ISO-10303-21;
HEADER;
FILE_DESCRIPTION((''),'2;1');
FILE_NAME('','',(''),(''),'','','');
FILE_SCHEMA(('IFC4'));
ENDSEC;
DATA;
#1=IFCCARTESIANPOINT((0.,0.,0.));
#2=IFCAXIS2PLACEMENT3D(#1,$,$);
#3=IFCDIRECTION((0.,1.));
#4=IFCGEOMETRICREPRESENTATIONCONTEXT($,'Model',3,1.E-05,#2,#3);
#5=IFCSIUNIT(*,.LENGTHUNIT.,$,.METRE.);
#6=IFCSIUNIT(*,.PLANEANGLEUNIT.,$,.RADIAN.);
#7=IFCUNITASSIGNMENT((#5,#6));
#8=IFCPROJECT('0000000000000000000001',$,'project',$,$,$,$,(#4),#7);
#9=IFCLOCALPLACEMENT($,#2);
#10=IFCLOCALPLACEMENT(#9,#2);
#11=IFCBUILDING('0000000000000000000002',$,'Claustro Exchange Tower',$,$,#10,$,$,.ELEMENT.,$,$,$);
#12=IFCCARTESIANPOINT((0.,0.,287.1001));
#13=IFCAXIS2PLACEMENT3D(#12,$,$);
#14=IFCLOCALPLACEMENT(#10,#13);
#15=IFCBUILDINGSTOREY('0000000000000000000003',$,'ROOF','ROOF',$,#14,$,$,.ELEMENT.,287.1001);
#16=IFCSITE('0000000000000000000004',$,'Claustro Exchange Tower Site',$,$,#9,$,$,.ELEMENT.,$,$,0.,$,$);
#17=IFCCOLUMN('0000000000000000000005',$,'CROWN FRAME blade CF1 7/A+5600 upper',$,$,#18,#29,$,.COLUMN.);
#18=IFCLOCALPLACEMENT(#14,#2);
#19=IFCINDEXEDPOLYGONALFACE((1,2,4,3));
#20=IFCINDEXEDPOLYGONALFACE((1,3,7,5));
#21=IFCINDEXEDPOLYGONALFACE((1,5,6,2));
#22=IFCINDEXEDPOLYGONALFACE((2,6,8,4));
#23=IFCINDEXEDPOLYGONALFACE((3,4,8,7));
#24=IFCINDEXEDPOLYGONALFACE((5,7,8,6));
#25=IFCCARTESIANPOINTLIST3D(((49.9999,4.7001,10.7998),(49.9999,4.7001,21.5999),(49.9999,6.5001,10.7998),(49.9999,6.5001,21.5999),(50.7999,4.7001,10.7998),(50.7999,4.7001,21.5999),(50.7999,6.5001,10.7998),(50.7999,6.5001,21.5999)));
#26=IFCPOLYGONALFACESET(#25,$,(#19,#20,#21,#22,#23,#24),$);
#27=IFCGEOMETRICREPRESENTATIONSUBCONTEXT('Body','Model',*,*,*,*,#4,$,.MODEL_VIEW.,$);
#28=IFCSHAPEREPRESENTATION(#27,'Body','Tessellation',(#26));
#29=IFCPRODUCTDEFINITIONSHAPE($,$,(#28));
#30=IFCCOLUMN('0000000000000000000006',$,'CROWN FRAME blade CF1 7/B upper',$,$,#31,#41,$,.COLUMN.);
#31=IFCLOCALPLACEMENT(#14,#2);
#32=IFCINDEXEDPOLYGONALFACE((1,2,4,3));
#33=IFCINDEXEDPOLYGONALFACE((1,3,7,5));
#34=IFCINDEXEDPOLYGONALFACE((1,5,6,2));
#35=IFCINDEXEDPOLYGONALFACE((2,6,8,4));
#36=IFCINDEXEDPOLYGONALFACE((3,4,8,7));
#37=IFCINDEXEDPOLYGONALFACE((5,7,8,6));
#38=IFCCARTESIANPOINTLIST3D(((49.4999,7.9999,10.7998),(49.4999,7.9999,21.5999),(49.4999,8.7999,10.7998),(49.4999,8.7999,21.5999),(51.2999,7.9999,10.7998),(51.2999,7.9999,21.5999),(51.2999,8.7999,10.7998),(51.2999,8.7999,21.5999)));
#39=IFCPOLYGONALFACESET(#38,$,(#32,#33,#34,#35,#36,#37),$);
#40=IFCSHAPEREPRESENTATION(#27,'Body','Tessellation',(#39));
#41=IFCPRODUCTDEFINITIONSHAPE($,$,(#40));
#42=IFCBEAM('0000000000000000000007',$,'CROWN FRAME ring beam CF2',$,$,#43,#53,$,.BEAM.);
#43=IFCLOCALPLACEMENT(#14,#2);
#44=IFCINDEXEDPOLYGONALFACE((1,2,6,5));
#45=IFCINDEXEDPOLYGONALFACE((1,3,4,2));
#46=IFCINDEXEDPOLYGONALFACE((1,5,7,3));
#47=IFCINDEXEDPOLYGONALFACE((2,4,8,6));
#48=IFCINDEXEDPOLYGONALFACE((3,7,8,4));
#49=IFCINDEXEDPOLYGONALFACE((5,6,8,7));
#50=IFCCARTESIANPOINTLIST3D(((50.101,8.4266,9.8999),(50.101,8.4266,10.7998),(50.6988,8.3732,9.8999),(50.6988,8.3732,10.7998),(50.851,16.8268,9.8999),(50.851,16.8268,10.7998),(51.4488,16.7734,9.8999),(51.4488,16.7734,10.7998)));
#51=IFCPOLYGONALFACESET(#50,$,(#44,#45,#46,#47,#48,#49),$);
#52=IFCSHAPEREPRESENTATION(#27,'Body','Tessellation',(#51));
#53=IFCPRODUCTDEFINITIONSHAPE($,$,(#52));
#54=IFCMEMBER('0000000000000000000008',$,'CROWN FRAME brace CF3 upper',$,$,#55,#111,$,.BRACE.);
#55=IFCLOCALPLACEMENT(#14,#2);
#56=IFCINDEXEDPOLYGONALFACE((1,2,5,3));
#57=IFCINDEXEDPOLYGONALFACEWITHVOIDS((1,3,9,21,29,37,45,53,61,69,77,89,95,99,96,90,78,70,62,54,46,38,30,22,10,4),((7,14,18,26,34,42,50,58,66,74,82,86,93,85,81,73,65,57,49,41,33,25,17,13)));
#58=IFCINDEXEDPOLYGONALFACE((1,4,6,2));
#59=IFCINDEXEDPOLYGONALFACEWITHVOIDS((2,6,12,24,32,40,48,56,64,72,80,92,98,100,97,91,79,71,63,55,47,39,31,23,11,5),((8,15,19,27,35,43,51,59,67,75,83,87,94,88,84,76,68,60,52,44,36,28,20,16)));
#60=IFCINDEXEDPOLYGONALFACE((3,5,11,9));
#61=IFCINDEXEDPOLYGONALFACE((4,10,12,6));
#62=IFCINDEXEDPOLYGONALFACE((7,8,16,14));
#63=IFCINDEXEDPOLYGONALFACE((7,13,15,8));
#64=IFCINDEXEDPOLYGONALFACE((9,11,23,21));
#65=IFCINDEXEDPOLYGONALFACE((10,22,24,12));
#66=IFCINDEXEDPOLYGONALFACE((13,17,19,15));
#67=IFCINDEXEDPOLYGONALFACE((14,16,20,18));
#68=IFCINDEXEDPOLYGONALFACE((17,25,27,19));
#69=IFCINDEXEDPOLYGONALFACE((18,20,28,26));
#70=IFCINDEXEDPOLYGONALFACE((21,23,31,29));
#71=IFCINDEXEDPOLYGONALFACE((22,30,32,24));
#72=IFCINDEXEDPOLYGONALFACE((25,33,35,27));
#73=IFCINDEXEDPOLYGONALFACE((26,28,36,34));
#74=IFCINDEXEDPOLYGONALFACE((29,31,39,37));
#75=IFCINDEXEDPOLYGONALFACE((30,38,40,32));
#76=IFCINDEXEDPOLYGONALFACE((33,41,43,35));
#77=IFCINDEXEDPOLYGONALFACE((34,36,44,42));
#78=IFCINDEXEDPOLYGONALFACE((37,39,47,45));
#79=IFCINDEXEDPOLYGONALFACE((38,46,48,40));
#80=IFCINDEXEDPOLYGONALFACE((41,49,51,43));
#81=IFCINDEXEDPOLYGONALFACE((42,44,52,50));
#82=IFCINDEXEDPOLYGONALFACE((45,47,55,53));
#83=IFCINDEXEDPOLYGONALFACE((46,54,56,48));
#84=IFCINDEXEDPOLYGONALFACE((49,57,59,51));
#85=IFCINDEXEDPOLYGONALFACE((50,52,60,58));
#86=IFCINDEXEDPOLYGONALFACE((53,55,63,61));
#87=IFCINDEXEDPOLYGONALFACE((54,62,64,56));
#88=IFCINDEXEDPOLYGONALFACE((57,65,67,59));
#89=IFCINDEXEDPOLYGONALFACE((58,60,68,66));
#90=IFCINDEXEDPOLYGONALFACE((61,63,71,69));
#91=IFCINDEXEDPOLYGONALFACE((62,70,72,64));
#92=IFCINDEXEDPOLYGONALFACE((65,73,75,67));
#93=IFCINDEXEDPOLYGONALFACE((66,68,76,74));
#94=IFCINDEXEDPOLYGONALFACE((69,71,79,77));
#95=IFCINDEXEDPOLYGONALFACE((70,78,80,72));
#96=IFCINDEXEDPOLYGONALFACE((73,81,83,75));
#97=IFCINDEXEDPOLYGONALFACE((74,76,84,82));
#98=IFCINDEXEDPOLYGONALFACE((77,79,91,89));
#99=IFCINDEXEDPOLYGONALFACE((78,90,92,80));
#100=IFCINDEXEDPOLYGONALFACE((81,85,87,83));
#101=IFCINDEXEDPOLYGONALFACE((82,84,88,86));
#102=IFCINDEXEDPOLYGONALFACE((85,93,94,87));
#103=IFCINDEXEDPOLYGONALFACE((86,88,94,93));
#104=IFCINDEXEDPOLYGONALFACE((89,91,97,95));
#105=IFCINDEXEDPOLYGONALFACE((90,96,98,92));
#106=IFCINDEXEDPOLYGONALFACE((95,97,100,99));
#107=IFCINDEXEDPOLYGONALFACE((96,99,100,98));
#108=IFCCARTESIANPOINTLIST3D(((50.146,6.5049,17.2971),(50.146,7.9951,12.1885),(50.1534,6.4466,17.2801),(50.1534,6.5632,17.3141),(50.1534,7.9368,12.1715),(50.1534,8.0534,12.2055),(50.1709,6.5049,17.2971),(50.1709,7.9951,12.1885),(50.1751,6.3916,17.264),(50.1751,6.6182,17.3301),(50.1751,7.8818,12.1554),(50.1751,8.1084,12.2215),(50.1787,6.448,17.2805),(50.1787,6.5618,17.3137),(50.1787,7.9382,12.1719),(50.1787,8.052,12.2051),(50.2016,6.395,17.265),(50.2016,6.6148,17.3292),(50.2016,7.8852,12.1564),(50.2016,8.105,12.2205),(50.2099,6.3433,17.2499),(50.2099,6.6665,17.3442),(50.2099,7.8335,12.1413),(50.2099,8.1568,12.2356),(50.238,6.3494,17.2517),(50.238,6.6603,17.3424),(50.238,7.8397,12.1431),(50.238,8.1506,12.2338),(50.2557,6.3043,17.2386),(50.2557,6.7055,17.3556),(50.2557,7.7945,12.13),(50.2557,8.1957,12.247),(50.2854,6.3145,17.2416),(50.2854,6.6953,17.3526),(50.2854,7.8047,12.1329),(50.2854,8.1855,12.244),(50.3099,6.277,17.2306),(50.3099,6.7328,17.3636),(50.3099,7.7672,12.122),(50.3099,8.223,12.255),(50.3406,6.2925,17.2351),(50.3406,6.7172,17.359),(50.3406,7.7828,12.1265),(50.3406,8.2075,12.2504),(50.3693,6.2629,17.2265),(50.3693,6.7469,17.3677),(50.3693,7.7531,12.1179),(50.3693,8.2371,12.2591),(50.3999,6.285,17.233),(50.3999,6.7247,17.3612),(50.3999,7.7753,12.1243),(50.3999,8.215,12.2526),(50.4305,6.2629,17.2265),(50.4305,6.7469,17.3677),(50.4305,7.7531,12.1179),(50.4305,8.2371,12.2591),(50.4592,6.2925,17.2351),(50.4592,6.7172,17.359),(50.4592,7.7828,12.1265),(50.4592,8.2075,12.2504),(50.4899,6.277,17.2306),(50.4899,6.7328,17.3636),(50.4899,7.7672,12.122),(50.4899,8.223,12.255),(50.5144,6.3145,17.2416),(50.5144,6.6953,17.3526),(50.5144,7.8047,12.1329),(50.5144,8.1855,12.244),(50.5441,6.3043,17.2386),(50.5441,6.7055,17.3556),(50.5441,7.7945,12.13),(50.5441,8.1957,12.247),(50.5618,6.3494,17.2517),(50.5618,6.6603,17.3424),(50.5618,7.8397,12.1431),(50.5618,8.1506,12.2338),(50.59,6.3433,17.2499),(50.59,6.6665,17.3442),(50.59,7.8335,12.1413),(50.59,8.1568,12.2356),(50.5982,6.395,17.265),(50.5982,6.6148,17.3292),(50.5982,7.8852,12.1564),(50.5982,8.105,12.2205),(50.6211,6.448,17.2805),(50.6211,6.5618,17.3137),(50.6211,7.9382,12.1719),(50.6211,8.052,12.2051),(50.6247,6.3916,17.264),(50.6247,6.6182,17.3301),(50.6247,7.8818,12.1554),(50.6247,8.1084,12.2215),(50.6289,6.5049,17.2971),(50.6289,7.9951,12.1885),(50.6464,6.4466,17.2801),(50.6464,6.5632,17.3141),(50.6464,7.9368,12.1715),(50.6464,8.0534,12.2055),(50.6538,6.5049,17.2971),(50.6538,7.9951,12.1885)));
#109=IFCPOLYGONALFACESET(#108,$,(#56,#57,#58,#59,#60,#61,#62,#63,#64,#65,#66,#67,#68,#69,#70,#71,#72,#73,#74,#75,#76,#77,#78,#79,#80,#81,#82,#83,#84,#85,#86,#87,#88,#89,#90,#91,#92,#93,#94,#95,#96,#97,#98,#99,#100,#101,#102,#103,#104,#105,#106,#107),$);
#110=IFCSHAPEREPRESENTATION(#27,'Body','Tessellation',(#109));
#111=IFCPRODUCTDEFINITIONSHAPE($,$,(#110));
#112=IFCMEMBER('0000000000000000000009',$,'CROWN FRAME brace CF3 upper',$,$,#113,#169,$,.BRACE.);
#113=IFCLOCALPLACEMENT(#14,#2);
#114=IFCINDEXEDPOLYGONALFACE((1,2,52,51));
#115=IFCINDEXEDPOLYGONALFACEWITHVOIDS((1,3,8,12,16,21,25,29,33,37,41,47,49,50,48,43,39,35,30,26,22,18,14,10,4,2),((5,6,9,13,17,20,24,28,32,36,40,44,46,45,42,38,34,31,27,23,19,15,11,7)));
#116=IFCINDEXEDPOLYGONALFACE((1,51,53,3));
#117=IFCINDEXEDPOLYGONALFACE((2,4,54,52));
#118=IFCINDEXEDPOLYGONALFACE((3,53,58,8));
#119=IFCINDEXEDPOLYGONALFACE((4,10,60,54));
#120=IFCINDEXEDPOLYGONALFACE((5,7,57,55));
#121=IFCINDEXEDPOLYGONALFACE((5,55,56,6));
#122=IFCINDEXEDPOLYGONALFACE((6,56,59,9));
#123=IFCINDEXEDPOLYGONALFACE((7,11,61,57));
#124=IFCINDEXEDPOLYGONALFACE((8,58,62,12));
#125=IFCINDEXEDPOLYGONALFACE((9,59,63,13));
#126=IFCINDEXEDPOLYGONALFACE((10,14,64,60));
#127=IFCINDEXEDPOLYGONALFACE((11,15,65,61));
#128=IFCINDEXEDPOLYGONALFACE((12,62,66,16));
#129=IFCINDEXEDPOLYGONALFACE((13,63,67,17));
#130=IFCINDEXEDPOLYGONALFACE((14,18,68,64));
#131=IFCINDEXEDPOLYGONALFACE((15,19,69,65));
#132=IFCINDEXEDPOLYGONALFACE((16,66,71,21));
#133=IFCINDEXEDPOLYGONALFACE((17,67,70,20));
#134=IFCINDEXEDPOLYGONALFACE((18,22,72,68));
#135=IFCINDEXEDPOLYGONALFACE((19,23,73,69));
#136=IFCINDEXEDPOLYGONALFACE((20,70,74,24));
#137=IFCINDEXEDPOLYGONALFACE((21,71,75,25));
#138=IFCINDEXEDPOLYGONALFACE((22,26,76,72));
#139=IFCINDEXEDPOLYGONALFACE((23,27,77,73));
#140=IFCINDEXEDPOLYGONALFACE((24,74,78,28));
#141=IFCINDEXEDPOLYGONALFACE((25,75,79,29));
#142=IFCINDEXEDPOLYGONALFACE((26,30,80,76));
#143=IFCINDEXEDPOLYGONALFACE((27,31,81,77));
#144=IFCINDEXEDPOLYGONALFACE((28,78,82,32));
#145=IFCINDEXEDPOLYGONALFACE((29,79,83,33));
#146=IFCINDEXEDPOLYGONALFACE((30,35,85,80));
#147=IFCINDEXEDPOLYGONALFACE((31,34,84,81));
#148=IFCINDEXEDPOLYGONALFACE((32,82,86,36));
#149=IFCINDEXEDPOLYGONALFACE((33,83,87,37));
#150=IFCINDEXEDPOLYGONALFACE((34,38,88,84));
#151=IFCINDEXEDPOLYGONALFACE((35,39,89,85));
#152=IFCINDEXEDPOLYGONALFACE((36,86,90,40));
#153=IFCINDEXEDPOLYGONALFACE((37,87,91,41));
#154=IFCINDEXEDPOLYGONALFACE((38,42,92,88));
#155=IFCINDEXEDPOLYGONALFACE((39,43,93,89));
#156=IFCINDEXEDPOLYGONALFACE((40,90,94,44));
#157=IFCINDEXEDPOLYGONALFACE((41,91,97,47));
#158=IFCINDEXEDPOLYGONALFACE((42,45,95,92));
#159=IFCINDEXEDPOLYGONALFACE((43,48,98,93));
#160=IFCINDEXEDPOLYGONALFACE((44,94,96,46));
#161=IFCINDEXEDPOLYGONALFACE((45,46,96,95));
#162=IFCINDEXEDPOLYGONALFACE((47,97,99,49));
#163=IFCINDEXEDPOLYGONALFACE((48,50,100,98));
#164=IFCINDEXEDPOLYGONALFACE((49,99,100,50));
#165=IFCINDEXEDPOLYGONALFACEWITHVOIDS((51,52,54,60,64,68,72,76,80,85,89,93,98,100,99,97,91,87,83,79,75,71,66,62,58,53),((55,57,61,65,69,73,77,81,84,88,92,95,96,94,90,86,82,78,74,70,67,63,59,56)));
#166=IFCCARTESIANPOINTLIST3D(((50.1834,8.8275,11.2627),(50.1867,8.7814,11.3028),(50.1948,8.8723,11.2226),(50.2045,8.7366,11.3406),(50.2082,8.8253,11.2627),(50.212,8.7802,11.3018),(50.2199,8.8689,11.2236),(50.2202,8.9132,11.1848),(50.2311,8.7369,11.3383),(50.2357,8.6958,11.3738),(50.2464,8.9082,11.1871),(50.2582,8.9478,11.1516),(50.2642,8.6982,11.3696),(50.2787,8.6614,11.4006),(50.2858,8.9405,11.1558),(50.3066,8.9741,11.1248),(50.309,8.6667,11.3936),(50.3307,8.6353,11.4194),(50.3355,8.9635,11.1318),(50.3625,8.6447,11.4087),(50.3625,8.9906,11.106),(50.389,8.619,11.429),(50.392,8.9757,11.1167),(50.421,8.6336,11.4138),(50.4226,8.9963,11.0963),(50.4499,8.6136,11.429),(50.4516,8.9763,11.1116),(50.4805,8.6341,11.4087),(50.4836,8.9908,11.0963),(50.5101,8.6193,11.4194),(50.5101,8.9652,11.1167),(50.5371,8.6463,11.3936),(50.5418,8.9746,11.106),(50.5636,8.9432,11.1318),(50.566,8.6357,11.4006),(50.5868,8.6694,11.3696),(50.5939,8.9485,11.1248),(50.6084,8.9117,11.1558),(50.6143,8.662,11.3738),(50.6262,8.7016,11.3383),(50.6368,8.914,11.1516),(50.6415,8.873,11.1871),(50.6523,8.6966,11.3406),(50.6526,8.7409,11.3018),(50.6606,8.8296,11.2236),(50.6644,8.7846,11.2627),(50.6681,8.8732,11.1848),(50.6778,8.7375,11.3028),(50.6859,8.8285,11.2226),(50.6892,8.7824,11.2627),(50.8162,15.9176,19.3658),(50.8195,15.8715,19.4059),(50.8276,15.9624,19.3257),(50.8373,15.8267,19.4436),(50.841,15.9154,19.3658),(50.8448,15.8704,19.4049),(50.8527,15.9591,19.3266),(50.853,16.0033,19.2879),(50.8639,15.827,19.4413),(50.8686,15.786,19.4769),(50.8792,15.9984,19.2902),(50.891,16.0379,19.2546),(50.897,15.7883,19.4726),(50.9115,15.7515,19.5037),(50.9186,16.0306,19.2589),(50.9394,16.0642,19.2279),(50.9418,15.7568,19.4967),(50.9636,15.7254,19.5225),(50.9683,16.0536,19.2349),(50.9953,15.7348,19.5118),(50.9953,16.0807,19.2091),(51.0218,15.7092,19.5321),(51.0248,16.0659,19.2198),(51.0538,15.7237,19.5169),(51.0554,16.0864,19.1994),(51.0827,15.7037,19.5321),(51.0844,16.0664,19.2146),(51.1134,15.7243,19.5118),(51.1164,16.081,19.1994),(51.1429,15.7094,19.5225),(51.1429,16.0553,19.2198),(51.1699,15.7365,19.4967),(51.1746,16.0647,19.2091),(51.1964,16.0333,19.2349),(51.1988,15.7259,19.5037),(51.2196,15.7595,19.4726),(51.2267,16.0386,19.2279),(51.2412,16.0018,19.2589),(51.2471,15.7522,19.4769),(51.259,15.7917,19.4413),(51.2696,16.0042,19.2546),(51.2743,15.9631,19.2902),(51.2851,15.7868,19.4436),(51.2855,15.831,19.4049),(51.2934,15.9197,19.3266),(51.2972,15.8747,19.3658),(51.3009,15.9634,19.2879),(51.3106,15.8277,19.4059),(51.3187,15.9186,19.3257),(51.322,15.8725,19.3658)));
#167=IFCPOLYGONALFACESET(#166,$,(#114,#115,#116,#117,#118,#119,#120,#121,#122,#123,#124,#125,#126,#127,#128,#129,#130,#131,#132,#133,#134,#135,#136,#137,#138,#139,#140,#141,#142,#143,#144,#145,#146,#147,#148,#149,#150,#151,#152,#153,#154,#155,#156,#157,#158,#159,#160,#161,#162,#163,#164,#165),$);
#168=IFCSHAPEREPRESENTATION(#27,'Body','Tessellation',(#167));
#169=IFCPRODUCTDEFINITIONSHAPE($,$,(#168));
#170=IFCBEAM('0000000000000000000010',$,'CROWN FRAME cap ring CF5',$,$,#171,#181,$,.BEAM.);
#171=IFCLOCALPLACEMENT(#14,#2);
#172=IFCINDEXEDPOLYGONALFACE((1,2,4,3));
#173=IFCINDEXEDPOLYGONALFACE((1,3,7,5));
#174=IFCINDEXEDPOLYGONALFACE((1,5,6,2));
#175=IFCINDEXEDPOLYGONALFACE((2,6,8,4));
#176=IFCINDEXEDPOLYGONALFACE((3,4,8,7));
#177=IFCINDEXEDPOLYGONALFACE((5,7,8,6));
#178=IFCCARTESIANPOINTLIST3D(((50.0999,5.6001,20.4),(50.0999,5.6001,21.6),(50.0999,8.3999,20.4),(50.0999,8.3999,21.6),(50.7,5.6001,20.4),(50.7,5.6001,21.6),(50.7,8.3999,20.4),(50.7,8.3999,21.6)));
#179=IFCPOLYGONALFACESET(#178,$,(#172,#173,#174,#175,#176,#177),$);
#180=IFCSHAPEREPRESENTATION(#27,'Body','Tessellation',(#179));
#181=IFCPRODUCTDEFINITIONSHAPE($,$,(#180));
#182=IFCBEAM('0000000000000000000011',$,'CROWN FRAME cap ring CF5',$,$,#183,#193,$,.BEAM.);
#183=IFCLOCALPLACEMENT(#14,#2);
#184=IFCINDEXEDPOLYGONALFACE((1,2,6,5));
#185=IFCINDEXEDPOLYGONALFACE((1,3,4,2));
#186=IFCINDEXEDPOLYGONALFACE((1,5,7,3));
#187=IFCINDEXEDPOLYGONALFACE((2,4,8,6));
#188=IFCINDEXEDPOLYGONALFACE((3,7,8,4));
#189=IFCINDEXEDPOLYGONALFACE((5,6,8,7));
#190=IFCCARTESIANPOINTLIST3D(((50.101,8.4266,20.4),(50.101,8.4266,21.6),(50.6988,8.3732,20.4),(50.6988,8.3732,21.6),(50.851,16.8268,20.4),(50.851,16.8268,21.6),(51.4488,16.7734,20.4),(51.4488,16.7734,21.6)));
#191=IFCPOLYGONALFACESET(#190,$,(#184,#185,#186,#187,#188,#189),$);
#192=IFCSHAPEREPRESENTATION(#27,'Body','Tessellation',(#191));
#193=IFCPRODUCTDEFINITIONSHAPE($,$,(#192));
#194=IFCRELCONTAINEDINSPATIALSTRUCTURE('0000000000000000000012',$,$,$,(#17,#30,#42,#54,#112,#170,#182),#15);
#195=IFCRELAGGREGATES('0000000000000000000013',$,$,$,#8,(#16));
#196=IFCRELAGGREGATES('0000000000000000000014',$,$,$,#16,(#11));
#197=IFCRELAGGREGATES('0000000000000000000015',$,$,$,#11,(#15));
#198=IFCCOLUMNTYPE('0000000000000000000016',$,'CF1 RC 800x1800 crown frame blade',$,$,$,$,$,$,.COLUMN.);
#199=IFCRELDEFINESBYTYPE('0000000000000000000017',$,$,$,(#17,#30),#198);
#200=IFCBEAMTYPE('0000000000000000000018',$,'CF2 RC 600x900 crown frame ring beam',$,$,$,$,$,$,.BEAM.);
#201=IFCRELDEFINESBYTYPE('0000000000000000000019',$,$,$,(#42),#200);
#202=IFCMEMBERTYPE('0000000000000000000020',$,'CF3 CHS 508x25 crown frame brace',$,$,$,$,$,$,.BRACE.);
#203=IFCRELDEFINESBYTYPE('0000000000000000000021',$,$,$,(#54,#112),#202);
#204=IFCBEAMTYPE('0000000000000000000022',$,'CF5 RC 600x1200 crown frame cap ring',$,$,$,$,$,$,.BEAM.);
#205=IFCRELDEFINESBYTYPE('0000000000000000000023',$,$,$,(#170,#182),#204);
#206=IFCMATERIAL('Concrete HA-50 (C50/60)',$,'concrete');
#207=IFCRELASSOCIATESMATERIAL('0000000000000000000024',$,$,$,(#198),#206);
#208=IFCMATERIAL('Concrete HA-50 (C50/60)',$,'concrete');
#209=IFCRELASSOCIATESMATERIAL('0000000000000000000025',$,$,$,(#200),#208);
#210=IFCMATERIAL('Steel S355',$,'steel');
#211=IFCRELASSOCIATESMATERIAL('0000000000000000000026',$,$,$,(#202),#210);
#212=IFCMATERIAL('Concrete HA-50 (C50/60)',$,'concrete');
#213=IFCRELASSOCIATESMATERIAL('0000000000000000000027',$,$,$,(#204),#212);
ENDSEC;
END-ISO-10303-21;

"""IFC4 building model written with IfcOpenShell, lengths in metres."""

from ifc_helpers import new_model, si_unit, direction, frame, origin, origin_2d, place, context, subcontext, project, spatial, rectangle, hollow_circle, extrude, material, material_profile, profile_set, type_object, element, save


model = new_model("IFC4")

# Units and contexts
model_context = context("Model", 3, precision=1e-05, world=origin(), true_north=direction((0.0, 1.0)))
body_context = subcontext(model_context, "Body", "Model", "MODEL_VIEW")
ifc_project = project(units=[si_unit("LENGTHUNIT", "METRE"), si_unit("PLANEANGLEUNIT", "RADIAN")], contexts=[model_context])

# Site, building, storey
site_placement = place(None, origin())
site = spatial("IfcSite", under=ifc_project, at=site_placement, Name="Claustro Exchange Tower Site", CompositionType="ELEMENT", RefElevation=0.0)
building_placement = place(site_placement, origin())
building = spatial("IfcBuilding", under=site, at=building_placement, Name="Claustro Exchange Tower", CompositionType="ELEMENT")
storey_placement = place(building_placement, frame((0.0, 0.0, 287.1001)))
storey = spatial("IfcBuildingStorey", under=building, at=storey_placement, Name="ROOF", Description="ROOF", CompositionType="ELEMENT", Elevation=287.1001)

# Columns
ifc_material_1 = material(Name="Concrete HA-50 (C50/60)", Category="concrete")
ifc_material_profile_1 = material_profile(ifc_material_1, rectangle(XDim=0.8, YDim=1.8, at=origin_2d()), Name="RC 800x1800")
ifc_profile_set_1 = profile_set([ifc_material_profile_1], Name="Concrete HA-50 (C50/60)")
column_type = type_object("IfcColumnType", Name="CF1 RC 800x1800 crown frame blade", PredefinedType="COLUMN", material=ifc_profile_set_1)
for number, where, z_axis, x_axis, name in (
    (1, (50.3999, 5.6001, 10.7998), (0.0, 0.0, 1.0), (1.0, 0.0, 0.0), "CROWN FRAME blade CF1 7/A+5600 upper"),
    (2, (50.3999, 8.3999, 10.7998), (0.0, 0.0, 1.0), (0.0, 1.0, 0.0), "CROWN FRAME blade CF1 7/B upper"),
):
    element("IfcColumn", number, at=place(storey_placement, frame(where, z_axis=z_axis, x_axis=x_axis)), inside=storey, type_object=column_type, Name=name, PredefinedType="COLUMN", context=body_context, shape_type="SweptSolid", body=[
        extrude(rectangle(XDim=0.8, YDim=1.8, at=origin_2d()), origin(), (0.0, 0.0, 1.0), 10.8),
    ])

# Beam
ifc_material_2 = material(Name="Concrete HA-50 (C50/60)", Category="concrete")
ifc_material_profile_2 = material_profile(ifc_material_2, rectangle(XDim=0.6001, YDim=0.8999, at=origin_2d()), Name="RC 600x900")
ifc_profile_set_2 = profile_set([ifc_material_profile_2], Name="Concrete HA-50 (C50/60)")
beam_type_1 = type_object("IfcBeamType", Name="CF2 RC 600x900 crown frame ring beam", PredefinedType="BEAM", material=ifc_profile_set_2)
beam_1_placement = place(storey_placement, frame((50.3999, 8.3999, 10.3499), z_axis=(0.08893, 0.996038, 0.0), x_axis=(-0.996038, 0.08893, 0.0)))
element("IfcBeam", 3, at=beam_1_placement, inside=storey, type_object=beam_type_1, Name="CROWN FRAME ring beam CF2", PredefinedType="BEAM", context=body_context, shape_type="SweptSolid", body=[
    extrude(rectangle(XDim=0.6001, YDim=0.8999, at=origin_2d()), origin(), (0.0, 0.0, 1.0), 8.4336),
])

# Members
ifc_material_3 = material(Name="Steel S355", Category="steel")
ifc_material_profile_3 = material_profile(ifc_material_3, hollow_circle(Radius=0.2539, WallThickness=0.0249, at=origin_2d()), Name="CHS 508x25")
ifc_profile_set_3 = profile_set([ifc_material_profile_3], Name="Steel S355")
member_type = type_object("IfcMemberType", Name="CF3 CHS 508x25 crown frame brace", PredefinedType="BRACE", material=ifc_profile_set_3)
member_1_placement = place(storey_placement, frame((50.3999, 7.9951, 12.1885), z_axis=(0.0, -0.280037, 0.959989), x_axis=(1.0, 0.0, 0.0)))
element("IfcMember", 4, at=member_1_placement, inside=storey, type_object=member_type, Name="CROWN FRAME brace CF3 upper", PredefinedType="BRACE", context=body_context, shape_type="SweptSolid", body=[
    extrude(hollow_circle(Radius=0.2539, WallThickness=0.0249, at=origin_2d()), origin(), (0.0, 0.0, 1.0), 5.3215),
])
member_2_placement = place(storey_placement, frame((50.4363, 8.8049, 11.2627), z_axis=(0.058672, 0.657367, 0.751283), x_axis=(-0.996041, 0.0889, 0.0)))
element("IfcMember", 5, at=member_2_placement, inside=storey, type_object=member_type, Name="CROWN FRAME brace CF3 upper", PredefinedType="BRACE", context=body_context, shape_type="SweptSolid", body=[
    extrude(hollow_circle(Radius=0.2539, WallThickness=0.0249, at=origin_2d()), origin(), (0.0, 0.0, 1.0), 10.7856),
])

# Beams
ifc_material_4 = material(Name="Concrete HA-50 (C50/60)", Category="concrete")
ifc_material_profile_4 = material_profile(ifc_material_4, rectangle(XDim=0.6001, YDim=1.2, at=origin_2d()), Name="RC 600x1200")
ifc_profile_set_4 = profile_set([ifc_material_profile_4], Name="Concrete HA-50 (C50/60)")
beam_type_2 = type_object("IfcBeamType", Name="CF5 RC 600x1200 crown frame cap ring", PredefinedType="BEAM", material=ifc_profile_set_4)
beam_2_placement = place(storey_placement, frame((50.3999, 5.6001, 21.0), z_axis=(0.0, 1.0, 0.0), x_axis=(-1.0, 0.0, 0.0)))
element("IfcBeam", 6, at=beam_2_placement, inside=storey, type_object=beam_type_2, Name="CROWN FRAME cap ring CF5", PredefinedType="BEAM", context=body_context, shape_type="SweptSolid", body=[
    extrude(rectangle(XDim=0.6001, YDim=1.2, at=origin_2d()), origin(), (0.0, 0.0, 1.0), 2.7998),
])
beam_3_placement = place(storey_placement, frame((50.3999, 8.3999, 21.0), z_axis=(0.08893, 0.996038, 0.0), x_axis=(-0.996038, 0.08893, 0.0)))
element("IfcBeam", 7, at=beam_3_placement, inside=storey, type_object=beam_type_2, Name="CROWN FRAME cap ring CF5", PredefinedType="BEAM", context=body_context, shape_type="SweptSolid", body=[
    extrude(rectangle(XDim=0.6001, YDim=1.2, at=origin_2d()), origin(), (0.0, 0.0, 1.0), 8.4336),
])

save(model, "model.ifc")
